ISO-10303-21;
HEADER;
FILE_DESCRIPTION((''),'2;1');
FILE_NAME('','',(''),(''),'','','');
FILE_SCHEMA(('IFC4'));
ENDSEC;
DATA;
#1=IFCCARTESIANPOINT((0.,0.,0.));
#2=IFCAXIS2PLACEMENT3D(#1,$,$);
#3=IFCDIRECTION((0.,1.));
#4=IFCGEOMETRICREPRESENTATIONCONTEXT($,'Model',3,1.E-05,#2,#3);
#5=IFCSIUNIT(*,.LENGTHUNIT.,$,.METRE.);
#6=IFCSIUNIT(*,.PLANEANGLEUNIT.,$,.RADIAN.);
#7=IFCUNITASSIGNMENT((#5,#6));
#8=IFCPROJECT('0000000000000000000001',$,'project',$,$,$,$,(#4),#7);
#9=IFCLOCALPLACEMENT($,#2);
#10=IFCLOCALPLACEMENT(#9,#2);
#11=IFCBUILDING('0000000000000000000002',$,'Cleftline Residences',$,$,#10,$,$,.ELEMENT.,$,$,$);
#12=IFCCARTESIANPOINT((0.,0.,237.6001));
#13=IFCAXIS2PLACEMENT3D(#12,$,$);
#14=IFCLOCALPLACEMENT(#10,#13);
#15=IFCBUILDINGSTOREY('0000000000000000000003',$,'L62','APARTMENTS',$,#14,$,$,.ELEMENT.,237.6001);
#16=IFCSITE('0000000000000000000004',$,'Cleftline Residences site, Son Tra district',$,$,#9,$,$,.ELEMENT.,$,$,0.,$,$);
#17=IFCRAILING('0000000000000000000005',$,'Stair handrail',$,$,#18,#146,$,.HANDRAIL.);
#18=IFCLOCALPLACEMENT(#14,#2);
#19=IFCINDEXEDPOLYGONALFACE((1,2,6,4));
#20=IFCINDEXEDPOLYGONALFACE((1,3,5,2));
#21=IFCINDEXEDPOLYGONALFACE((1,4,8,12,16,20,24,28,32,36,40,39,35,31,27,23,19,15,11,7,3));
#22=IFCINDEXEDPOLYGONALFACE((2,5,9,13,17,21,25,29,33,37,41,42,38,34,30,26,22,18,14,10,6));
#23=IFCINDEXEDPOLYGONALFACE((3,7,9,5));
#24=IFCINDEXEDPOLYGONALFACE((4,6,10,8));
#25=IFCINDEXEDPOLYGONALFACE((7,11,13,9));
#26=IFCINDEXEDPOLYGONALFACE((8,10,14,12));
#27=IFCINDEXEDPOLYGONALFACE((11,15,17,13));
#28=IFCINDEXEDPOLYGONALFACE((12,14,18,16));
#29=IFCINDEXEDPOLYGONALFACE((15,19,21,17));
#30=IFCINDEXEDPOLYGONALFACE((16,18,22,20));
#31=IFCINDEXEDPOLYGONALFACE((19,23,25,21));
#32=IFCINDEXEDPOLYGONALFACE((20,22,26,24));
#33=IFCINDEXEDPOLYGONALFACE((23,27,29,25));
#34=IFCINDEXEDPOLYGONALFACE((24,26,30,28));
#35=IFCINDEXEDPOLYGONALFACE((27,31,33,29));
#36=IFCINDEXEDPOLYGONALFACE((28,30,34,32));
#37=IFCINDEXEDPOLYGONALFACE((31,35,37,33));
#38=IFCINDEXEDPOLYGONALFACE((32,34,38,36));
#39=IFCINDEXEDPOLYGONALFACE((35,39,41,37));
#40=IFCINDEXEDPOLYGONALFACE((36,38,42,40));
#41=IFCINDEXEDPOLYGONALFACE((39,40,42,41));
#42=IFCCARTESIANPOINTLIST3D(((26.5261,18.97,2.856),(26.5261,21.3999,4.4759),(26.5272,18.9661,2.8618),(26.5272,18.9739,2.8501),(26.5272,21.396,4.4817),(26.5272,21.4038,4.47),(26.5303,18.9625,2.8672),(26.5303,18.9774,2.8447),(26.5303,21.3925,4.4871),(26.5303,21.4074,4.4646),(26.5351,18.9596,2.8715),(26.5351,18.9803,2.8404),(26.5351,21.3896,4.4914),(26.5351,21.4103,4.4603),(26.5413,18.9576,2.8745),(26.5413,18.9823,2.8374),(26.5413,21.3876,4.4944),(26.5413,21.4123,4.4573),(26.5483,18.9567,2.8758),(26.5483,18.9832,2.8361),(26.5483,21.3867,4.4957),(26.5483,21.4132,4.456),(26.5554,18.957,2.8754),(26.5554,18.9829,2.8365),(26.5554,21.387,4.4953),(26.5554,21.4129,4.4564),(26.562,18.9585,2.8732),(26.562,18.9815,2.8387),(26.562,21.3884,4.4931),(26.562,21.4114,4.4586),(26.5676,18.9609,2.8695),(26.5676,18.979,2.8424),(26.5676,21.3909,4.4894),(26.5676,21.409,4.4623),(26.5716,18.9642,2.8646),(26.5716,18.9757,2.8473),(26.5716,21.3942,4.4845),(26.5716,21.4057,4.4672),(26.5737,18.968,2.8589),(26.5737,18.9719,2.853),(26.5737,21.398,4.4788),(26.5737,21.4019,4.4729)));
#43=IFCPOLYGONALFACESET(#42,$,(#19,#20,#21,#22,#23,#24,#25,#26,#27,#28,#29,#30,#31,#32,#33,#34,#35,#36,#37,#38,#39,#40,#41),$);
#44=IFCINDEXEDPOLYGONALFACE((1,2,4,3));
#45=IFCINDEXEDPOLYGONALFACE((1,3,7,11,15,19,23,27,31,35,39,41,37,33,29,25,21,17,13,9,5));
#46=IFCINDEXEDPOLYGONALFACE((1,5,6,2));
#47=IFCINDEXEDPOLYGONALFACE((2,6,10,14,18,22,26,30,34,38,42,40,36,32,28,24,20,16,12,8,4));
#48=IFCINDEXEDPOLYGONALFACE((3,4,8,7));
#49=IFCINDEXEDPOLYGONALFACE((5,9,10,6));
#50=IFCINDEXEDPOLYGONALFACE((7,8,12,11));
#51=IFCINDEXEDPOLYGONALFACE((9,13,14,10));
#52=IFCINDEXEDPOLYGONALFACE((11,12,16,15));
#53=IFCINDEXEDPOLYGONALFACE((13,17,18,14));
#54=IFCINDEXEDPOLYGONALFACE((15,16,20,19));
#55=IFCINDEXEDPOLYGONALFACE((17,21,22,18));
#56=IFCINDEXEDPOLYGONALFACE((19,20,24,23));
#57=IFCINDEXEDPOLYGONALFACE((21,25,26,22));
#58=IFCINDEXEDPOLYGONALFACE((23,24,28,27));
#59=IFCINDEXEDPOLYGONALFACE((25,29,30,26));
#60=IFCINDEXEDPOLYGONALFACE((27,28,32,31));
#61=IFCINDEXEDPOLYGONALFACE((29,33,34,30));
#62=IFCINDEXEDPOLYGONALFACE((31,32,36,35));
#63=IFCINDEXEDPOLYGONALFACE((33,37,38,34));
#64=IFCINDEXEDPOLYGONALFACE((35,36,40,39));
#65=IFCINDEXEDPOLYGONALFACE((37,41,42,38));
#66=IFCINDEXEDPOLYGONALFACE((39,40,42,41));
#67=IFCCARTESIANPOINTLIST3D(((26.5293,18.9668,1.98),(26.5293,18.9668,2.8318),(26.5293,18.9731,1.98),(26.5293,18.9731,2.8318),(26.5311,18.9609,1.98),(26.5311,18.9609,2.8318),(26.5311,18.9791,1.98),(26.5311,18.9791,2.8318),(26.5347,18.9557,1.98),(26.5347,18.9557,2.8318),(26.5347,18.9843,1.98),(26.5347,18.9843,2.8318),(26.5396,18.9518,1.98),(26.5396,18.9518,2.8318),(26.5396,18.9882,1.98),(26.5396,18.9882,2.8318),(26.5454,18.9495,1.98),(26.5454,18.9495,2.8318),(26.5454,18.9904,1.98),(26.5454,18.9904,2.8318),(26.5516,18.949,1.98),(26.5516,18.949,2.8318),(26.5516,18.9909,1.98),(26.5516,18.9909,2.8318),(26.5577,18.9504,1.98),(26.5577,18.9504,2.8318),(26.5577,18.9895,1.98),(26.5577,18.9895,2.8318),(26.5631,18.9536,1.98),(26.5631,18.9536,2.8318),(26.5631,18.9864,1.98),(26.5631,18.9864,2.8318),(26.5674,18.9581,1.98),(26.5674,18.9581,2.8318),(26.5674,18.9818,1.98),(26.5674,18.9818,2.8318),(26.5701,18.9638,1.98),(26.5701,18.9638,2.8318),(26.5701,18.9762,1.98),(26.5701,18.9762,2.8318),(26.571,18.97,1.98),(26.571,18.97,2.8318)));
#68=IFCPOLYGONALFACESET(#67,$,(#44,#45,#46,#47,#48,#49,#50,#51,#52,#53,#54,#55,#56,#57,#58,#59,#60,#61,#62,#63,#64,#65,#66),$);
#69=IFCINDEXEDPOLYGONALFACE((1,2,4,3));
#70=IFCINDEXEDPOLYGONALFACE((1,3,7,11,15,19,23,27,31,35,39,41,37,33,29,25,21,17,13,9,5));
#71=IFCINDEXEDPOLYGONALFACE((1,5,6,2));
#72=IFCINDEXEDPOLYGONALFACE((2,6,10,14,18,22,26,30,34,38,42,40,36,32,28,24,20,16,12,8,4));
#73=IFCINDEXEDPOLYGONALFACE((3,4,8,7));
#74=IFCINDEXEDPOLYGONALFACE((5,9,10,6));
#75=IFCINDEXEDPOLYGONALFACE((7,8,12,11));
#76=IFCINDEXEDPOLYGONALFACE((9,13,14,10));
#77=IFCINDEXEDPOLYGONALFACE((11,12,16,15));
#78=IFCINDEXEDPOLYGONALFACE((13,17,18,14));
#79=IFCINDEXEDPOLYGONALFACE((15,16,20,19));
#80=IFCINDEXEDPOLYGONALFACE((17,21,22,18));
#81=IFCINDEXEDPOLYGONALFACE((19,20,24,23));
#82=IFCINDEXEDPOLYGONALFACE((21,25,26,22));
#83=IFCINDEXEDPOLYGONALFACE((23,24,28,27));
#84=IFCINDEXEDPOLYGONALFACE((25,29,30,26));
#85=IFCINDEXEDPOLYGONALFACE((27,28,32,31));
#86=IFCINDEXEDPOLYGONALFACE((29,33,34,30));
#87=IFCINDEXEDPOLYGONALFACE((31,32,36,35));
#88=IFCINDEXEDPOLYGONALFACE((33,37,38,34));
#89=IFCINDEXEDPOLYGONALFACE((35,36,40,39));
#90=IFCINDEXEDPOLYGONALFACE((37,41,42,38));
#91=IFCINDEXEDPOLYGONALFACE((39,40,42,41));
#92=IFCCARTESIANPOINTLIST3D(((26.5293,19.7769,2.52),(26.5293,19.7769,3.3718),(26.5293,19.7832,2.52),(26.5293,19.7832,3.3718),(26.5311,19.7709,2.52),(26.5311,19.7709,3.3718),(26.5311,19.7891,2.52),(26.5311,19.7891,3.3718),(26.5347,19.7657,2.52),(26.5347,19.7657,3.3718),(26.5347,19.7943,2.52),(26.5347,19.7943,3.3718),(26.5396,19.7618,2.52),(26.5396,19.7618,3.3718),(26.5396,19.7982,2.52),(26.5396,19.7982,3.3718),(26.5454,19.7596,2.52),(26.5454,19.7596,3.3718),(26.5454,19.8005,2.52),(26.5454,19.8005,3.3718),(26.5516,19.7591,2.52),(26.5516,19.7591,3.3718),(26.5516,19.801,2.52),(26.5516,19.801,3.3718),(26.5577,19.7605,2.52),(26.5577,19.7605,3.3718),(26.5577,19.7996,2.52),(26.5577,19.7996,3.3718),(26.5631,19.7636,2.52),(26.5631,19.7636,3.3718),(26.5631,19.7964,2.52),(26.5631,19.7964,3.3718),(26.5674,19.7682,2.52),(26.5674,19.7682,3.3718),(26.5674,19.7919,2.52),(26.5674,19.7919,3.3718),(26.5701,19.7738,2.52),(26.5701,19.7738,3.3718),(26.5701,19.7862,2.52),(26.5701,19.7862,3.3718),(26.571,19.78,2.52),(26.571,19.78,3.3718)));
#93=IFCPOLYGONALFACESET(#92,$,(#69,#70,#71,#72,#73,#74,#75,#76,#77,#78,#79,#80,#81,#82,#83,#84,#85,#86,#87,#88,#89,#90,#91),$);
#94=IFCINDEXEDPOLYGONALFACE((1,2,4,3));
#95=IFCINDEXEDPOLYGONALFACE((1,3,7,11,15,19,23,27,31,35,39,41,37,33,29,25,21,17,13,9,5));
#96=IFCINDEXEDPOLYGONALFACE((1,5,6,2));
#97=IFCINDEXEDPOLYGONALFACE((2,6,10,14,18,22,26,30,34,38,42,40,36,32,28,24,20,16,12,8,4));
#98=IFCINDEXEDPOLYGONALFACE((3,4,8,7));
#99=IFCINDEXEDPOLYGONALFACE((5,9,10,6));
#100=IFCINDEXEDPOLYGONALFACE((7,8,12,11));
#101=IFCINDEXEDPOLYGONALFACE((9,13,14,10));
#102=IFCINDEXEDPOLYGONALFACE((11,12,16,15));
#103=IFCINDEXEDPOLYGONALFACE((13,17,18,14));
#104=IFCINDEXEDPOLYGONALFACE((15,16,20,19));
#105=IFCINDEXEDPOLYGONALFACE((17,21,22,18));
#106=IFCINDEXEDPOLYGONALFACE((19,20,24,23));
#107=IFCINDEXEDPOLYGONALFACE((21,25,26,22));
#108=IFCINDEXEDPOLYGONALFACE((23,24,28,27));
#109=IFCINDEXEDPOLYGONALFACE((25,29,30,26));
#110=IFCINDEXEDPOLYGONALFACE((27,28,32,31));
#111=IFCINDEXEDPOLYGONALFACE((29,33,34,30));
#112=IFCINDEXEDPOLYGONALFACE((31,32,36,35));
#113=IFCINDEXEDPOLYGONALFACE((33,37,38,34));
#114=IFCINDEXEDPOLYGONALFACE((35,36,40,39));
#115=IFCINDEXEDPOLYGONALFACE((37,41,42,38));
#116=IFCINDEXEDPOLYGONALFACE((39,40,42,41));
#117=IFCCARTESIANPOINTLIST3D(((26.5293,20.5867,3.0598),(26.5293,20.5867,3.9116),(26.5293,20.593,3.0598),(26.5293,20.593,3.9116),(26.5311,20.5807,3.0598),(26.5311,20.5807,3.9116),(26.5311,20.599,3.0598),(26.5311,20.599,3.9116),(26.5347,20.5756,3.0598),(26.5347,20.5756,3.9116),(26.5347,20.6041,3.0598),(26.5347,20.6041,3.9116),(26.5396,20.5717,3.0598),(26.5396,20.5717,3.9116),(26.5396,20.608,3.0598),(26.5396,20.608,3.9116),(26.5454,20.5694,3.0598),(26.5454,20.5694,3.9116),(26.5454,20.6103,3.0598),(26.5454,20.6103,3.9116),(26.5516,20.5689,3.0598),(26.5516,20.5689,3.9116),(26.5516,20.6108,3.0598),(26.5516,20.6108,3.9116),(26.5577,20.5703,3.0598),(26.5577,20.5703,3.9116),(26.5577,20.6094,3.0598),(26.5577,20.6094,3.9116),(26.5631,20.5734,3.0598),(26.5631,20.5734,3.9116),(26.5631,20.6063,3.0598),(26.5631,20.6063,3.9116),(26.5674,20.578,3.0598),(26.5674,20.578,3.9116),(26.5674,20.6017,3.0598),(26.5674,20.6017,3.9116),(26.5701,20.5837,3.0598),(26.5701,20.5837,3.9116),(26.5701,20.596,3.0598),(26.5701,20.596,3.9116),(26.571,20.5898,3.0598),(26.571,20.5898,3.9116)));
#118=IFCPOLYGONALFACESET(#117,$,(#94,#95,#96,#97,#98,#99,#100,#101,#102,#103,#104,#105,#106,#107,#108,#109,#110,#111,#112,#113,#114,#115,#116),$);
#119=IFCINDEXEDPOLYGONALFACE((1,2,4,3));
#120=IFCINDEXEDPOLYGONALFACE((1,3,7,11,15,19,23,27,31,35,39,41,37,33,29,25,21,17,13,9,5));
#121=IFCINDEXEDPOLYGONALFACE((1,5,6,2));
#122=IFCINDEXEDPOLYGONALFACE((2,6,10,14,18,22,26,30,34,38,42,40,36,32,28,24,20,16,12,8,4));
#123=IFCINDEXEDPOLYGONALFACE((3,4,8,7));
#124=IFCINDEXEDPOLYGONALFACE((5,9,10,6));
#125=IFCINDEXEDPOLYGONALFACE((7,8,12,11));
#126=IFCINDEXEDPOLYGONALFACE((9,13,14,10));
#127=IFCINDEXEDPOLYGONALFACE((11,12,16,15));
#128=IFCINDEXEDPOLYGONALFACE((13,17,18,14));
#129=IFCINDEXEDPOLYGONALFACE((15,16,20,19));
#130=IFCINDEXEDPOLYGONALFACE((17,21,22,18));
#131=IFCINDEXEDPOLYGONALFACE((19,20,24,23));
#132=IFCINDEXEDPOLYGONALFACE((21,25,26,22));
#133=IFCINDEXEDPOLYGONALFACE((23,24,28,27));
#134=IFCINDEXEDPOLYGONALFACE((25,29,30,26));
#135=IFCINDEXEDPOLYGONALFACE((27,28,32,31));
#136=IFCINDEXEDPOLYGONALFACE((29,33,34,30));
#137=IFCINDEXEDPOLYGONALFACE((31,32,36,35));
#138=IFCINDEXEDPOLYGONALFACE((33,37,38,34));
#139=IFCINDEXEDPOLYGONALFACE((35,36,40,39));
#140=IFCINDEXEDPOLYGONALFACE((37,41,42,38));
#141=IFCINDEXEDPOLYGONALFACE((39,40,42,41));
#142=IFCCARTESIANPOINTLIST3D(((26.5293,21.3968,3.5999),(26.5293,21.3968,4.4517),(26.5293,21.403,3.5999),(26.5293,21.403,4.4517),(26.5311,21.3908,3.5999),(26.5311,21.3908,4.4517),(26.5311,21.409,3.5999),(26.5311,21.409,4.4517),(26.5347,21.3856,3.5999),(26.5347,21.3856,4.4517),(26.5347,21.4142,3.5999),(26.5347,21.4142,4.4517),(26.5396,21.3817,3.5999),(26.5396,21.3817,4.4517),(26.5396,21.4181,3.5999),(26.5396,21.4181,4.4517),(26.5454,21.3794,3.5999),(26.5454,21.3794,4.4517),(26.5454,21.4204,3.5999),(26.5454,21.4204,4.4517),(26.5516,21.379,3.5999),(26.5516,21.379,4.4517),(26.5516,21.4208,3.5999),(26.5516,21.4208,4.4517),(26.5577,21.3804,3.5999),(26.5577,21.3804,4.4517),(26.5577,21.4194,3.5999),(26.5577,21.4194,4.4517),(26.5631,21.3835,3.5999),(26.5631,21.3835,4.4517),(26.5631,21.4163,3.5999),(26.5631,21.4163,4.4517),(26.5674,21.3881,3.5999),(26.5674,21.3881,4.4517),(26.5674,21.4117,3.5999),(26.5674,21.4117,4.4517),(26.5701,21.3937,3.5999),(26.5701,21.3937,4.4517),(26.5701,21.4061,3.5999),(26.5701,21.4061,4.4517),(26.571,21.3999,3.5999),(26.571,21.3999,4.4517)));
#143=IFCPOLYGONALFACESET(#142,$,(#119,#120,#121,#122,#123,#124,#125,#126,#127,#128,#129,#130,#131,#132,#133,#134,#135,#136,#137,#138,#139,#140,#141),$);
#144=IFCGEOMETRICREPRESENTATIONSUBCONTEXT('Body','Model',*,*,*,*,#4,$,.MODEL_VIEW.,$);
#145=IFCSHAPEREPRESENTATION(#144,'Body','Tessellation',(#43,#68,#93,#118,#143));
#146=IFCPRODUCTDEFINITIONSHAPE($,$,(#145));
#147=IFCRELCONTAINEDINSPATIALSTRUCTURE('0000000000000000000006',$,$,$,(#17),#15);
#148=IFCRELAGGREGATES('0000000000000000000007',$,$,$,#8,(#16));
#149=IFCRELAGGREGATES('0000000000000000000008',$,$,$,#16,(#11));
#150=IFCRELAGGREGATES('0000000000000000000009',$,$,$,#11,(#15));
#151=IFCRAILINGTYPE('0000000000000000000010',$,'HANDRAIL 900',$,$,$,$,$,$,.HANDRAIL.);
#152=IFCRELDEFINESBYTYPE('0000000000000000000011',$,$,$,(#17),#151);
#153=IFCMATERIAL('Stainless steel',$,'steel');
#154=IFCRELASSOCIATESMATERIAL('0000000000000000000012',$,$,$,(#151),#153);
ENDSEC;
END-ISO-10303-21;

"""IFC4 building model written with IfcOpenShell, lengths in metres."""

from ifc_helpers import new_model, si_unit, direction, frame, origin, origin_2d, place, context, subcontext, project, spatial, circle, extrude, material, type_object, element, save


model = new_model("IFC4")

# Units and contexts
model_context = context("Model", 3, precision=1e-05, world=origin(), true_north=direction((0.0, 1.0)))
body_context = subcontext(model_context, "Body", "Model", "MODEL_VIEW")
ifc_project = project(units=[si_unit("LENGTHUNIT", "METRE"), si_unit("PLANEANGLEUNIT", "RADIAN")], contexts=[model_context])

# Site, building, storey
site_placement = place(None, origin())
site = spatial("IfcSite", under=ifc_project, at=site_placement, Name="Cleftline Residences site, Son Tra district", CompositionType="ELEMENT", RefElevation=0.0)
building_placement = place(site_placement, origin())
building = spatial("IfcBuilding", under=site, at=building_placement, Name="Cleftline Residences", CompositionType="ELEMENT")
storey_placement = place(building_placement, frame((0.0, 0.0, 237.6001)))
storey = spatial("IfcBuildingStorey", under=building, at=storey_placement, Name="L62", Description="APARTMENTS", CompositionType="ELEMENT", Elevation=237.6001)

# Railing
ifc_material_1 = material(Name="Stainless steel", Category="steel")
railing_type = type_object("IfcRailingType", Name="HANDRAIL 900", PredefinedType="HANDRAIL", material=ifc_material_1)
railing_1_placement = place(storey_placement, frame((26.55, 18.97, 1.98)))
element("IfcRailing", 1, at=railing_1_placement, inside=storey, type_object=railing_type, Name="Stair handrail", PredefinedType="HANDRAIL", context=body_context, shape_type="SweptSolid", body=[
    extrude(circle(Radius=0.0239, at=origin_2d()), frame((0.0, 0.0, 0.876), z_axis=(0.0, 0.832063, 0.554681), x_axis=(-1.0, 0.0, 0.0)), (0.0, 0.0, 1.0), 2.9204),
    extrude(circle(Radius=0.021, at=origin_2d()), origin(), (0.0, 0.0, 1.0), 0.8518),
    extrude(circle(Radius=0.021, at=origin_2d()), frame((0.0, 0.8101, 0.54)), (0.0, 0.0, 1.0), 0.8518),
    extrude(circle(Radius=0.021, at=origin_2d()), frame((0.0, 1.6199, 1.0798)), (0.0, 0.0, 1.0), 0.8518),
    extrude(circle(Radius=0.021, at=origin_2d()), frame((0.0, 2.4299, 1.6199)), (0.0, 0.0, 1.0), 0.8518),
])

save(model, "model.ifc")
